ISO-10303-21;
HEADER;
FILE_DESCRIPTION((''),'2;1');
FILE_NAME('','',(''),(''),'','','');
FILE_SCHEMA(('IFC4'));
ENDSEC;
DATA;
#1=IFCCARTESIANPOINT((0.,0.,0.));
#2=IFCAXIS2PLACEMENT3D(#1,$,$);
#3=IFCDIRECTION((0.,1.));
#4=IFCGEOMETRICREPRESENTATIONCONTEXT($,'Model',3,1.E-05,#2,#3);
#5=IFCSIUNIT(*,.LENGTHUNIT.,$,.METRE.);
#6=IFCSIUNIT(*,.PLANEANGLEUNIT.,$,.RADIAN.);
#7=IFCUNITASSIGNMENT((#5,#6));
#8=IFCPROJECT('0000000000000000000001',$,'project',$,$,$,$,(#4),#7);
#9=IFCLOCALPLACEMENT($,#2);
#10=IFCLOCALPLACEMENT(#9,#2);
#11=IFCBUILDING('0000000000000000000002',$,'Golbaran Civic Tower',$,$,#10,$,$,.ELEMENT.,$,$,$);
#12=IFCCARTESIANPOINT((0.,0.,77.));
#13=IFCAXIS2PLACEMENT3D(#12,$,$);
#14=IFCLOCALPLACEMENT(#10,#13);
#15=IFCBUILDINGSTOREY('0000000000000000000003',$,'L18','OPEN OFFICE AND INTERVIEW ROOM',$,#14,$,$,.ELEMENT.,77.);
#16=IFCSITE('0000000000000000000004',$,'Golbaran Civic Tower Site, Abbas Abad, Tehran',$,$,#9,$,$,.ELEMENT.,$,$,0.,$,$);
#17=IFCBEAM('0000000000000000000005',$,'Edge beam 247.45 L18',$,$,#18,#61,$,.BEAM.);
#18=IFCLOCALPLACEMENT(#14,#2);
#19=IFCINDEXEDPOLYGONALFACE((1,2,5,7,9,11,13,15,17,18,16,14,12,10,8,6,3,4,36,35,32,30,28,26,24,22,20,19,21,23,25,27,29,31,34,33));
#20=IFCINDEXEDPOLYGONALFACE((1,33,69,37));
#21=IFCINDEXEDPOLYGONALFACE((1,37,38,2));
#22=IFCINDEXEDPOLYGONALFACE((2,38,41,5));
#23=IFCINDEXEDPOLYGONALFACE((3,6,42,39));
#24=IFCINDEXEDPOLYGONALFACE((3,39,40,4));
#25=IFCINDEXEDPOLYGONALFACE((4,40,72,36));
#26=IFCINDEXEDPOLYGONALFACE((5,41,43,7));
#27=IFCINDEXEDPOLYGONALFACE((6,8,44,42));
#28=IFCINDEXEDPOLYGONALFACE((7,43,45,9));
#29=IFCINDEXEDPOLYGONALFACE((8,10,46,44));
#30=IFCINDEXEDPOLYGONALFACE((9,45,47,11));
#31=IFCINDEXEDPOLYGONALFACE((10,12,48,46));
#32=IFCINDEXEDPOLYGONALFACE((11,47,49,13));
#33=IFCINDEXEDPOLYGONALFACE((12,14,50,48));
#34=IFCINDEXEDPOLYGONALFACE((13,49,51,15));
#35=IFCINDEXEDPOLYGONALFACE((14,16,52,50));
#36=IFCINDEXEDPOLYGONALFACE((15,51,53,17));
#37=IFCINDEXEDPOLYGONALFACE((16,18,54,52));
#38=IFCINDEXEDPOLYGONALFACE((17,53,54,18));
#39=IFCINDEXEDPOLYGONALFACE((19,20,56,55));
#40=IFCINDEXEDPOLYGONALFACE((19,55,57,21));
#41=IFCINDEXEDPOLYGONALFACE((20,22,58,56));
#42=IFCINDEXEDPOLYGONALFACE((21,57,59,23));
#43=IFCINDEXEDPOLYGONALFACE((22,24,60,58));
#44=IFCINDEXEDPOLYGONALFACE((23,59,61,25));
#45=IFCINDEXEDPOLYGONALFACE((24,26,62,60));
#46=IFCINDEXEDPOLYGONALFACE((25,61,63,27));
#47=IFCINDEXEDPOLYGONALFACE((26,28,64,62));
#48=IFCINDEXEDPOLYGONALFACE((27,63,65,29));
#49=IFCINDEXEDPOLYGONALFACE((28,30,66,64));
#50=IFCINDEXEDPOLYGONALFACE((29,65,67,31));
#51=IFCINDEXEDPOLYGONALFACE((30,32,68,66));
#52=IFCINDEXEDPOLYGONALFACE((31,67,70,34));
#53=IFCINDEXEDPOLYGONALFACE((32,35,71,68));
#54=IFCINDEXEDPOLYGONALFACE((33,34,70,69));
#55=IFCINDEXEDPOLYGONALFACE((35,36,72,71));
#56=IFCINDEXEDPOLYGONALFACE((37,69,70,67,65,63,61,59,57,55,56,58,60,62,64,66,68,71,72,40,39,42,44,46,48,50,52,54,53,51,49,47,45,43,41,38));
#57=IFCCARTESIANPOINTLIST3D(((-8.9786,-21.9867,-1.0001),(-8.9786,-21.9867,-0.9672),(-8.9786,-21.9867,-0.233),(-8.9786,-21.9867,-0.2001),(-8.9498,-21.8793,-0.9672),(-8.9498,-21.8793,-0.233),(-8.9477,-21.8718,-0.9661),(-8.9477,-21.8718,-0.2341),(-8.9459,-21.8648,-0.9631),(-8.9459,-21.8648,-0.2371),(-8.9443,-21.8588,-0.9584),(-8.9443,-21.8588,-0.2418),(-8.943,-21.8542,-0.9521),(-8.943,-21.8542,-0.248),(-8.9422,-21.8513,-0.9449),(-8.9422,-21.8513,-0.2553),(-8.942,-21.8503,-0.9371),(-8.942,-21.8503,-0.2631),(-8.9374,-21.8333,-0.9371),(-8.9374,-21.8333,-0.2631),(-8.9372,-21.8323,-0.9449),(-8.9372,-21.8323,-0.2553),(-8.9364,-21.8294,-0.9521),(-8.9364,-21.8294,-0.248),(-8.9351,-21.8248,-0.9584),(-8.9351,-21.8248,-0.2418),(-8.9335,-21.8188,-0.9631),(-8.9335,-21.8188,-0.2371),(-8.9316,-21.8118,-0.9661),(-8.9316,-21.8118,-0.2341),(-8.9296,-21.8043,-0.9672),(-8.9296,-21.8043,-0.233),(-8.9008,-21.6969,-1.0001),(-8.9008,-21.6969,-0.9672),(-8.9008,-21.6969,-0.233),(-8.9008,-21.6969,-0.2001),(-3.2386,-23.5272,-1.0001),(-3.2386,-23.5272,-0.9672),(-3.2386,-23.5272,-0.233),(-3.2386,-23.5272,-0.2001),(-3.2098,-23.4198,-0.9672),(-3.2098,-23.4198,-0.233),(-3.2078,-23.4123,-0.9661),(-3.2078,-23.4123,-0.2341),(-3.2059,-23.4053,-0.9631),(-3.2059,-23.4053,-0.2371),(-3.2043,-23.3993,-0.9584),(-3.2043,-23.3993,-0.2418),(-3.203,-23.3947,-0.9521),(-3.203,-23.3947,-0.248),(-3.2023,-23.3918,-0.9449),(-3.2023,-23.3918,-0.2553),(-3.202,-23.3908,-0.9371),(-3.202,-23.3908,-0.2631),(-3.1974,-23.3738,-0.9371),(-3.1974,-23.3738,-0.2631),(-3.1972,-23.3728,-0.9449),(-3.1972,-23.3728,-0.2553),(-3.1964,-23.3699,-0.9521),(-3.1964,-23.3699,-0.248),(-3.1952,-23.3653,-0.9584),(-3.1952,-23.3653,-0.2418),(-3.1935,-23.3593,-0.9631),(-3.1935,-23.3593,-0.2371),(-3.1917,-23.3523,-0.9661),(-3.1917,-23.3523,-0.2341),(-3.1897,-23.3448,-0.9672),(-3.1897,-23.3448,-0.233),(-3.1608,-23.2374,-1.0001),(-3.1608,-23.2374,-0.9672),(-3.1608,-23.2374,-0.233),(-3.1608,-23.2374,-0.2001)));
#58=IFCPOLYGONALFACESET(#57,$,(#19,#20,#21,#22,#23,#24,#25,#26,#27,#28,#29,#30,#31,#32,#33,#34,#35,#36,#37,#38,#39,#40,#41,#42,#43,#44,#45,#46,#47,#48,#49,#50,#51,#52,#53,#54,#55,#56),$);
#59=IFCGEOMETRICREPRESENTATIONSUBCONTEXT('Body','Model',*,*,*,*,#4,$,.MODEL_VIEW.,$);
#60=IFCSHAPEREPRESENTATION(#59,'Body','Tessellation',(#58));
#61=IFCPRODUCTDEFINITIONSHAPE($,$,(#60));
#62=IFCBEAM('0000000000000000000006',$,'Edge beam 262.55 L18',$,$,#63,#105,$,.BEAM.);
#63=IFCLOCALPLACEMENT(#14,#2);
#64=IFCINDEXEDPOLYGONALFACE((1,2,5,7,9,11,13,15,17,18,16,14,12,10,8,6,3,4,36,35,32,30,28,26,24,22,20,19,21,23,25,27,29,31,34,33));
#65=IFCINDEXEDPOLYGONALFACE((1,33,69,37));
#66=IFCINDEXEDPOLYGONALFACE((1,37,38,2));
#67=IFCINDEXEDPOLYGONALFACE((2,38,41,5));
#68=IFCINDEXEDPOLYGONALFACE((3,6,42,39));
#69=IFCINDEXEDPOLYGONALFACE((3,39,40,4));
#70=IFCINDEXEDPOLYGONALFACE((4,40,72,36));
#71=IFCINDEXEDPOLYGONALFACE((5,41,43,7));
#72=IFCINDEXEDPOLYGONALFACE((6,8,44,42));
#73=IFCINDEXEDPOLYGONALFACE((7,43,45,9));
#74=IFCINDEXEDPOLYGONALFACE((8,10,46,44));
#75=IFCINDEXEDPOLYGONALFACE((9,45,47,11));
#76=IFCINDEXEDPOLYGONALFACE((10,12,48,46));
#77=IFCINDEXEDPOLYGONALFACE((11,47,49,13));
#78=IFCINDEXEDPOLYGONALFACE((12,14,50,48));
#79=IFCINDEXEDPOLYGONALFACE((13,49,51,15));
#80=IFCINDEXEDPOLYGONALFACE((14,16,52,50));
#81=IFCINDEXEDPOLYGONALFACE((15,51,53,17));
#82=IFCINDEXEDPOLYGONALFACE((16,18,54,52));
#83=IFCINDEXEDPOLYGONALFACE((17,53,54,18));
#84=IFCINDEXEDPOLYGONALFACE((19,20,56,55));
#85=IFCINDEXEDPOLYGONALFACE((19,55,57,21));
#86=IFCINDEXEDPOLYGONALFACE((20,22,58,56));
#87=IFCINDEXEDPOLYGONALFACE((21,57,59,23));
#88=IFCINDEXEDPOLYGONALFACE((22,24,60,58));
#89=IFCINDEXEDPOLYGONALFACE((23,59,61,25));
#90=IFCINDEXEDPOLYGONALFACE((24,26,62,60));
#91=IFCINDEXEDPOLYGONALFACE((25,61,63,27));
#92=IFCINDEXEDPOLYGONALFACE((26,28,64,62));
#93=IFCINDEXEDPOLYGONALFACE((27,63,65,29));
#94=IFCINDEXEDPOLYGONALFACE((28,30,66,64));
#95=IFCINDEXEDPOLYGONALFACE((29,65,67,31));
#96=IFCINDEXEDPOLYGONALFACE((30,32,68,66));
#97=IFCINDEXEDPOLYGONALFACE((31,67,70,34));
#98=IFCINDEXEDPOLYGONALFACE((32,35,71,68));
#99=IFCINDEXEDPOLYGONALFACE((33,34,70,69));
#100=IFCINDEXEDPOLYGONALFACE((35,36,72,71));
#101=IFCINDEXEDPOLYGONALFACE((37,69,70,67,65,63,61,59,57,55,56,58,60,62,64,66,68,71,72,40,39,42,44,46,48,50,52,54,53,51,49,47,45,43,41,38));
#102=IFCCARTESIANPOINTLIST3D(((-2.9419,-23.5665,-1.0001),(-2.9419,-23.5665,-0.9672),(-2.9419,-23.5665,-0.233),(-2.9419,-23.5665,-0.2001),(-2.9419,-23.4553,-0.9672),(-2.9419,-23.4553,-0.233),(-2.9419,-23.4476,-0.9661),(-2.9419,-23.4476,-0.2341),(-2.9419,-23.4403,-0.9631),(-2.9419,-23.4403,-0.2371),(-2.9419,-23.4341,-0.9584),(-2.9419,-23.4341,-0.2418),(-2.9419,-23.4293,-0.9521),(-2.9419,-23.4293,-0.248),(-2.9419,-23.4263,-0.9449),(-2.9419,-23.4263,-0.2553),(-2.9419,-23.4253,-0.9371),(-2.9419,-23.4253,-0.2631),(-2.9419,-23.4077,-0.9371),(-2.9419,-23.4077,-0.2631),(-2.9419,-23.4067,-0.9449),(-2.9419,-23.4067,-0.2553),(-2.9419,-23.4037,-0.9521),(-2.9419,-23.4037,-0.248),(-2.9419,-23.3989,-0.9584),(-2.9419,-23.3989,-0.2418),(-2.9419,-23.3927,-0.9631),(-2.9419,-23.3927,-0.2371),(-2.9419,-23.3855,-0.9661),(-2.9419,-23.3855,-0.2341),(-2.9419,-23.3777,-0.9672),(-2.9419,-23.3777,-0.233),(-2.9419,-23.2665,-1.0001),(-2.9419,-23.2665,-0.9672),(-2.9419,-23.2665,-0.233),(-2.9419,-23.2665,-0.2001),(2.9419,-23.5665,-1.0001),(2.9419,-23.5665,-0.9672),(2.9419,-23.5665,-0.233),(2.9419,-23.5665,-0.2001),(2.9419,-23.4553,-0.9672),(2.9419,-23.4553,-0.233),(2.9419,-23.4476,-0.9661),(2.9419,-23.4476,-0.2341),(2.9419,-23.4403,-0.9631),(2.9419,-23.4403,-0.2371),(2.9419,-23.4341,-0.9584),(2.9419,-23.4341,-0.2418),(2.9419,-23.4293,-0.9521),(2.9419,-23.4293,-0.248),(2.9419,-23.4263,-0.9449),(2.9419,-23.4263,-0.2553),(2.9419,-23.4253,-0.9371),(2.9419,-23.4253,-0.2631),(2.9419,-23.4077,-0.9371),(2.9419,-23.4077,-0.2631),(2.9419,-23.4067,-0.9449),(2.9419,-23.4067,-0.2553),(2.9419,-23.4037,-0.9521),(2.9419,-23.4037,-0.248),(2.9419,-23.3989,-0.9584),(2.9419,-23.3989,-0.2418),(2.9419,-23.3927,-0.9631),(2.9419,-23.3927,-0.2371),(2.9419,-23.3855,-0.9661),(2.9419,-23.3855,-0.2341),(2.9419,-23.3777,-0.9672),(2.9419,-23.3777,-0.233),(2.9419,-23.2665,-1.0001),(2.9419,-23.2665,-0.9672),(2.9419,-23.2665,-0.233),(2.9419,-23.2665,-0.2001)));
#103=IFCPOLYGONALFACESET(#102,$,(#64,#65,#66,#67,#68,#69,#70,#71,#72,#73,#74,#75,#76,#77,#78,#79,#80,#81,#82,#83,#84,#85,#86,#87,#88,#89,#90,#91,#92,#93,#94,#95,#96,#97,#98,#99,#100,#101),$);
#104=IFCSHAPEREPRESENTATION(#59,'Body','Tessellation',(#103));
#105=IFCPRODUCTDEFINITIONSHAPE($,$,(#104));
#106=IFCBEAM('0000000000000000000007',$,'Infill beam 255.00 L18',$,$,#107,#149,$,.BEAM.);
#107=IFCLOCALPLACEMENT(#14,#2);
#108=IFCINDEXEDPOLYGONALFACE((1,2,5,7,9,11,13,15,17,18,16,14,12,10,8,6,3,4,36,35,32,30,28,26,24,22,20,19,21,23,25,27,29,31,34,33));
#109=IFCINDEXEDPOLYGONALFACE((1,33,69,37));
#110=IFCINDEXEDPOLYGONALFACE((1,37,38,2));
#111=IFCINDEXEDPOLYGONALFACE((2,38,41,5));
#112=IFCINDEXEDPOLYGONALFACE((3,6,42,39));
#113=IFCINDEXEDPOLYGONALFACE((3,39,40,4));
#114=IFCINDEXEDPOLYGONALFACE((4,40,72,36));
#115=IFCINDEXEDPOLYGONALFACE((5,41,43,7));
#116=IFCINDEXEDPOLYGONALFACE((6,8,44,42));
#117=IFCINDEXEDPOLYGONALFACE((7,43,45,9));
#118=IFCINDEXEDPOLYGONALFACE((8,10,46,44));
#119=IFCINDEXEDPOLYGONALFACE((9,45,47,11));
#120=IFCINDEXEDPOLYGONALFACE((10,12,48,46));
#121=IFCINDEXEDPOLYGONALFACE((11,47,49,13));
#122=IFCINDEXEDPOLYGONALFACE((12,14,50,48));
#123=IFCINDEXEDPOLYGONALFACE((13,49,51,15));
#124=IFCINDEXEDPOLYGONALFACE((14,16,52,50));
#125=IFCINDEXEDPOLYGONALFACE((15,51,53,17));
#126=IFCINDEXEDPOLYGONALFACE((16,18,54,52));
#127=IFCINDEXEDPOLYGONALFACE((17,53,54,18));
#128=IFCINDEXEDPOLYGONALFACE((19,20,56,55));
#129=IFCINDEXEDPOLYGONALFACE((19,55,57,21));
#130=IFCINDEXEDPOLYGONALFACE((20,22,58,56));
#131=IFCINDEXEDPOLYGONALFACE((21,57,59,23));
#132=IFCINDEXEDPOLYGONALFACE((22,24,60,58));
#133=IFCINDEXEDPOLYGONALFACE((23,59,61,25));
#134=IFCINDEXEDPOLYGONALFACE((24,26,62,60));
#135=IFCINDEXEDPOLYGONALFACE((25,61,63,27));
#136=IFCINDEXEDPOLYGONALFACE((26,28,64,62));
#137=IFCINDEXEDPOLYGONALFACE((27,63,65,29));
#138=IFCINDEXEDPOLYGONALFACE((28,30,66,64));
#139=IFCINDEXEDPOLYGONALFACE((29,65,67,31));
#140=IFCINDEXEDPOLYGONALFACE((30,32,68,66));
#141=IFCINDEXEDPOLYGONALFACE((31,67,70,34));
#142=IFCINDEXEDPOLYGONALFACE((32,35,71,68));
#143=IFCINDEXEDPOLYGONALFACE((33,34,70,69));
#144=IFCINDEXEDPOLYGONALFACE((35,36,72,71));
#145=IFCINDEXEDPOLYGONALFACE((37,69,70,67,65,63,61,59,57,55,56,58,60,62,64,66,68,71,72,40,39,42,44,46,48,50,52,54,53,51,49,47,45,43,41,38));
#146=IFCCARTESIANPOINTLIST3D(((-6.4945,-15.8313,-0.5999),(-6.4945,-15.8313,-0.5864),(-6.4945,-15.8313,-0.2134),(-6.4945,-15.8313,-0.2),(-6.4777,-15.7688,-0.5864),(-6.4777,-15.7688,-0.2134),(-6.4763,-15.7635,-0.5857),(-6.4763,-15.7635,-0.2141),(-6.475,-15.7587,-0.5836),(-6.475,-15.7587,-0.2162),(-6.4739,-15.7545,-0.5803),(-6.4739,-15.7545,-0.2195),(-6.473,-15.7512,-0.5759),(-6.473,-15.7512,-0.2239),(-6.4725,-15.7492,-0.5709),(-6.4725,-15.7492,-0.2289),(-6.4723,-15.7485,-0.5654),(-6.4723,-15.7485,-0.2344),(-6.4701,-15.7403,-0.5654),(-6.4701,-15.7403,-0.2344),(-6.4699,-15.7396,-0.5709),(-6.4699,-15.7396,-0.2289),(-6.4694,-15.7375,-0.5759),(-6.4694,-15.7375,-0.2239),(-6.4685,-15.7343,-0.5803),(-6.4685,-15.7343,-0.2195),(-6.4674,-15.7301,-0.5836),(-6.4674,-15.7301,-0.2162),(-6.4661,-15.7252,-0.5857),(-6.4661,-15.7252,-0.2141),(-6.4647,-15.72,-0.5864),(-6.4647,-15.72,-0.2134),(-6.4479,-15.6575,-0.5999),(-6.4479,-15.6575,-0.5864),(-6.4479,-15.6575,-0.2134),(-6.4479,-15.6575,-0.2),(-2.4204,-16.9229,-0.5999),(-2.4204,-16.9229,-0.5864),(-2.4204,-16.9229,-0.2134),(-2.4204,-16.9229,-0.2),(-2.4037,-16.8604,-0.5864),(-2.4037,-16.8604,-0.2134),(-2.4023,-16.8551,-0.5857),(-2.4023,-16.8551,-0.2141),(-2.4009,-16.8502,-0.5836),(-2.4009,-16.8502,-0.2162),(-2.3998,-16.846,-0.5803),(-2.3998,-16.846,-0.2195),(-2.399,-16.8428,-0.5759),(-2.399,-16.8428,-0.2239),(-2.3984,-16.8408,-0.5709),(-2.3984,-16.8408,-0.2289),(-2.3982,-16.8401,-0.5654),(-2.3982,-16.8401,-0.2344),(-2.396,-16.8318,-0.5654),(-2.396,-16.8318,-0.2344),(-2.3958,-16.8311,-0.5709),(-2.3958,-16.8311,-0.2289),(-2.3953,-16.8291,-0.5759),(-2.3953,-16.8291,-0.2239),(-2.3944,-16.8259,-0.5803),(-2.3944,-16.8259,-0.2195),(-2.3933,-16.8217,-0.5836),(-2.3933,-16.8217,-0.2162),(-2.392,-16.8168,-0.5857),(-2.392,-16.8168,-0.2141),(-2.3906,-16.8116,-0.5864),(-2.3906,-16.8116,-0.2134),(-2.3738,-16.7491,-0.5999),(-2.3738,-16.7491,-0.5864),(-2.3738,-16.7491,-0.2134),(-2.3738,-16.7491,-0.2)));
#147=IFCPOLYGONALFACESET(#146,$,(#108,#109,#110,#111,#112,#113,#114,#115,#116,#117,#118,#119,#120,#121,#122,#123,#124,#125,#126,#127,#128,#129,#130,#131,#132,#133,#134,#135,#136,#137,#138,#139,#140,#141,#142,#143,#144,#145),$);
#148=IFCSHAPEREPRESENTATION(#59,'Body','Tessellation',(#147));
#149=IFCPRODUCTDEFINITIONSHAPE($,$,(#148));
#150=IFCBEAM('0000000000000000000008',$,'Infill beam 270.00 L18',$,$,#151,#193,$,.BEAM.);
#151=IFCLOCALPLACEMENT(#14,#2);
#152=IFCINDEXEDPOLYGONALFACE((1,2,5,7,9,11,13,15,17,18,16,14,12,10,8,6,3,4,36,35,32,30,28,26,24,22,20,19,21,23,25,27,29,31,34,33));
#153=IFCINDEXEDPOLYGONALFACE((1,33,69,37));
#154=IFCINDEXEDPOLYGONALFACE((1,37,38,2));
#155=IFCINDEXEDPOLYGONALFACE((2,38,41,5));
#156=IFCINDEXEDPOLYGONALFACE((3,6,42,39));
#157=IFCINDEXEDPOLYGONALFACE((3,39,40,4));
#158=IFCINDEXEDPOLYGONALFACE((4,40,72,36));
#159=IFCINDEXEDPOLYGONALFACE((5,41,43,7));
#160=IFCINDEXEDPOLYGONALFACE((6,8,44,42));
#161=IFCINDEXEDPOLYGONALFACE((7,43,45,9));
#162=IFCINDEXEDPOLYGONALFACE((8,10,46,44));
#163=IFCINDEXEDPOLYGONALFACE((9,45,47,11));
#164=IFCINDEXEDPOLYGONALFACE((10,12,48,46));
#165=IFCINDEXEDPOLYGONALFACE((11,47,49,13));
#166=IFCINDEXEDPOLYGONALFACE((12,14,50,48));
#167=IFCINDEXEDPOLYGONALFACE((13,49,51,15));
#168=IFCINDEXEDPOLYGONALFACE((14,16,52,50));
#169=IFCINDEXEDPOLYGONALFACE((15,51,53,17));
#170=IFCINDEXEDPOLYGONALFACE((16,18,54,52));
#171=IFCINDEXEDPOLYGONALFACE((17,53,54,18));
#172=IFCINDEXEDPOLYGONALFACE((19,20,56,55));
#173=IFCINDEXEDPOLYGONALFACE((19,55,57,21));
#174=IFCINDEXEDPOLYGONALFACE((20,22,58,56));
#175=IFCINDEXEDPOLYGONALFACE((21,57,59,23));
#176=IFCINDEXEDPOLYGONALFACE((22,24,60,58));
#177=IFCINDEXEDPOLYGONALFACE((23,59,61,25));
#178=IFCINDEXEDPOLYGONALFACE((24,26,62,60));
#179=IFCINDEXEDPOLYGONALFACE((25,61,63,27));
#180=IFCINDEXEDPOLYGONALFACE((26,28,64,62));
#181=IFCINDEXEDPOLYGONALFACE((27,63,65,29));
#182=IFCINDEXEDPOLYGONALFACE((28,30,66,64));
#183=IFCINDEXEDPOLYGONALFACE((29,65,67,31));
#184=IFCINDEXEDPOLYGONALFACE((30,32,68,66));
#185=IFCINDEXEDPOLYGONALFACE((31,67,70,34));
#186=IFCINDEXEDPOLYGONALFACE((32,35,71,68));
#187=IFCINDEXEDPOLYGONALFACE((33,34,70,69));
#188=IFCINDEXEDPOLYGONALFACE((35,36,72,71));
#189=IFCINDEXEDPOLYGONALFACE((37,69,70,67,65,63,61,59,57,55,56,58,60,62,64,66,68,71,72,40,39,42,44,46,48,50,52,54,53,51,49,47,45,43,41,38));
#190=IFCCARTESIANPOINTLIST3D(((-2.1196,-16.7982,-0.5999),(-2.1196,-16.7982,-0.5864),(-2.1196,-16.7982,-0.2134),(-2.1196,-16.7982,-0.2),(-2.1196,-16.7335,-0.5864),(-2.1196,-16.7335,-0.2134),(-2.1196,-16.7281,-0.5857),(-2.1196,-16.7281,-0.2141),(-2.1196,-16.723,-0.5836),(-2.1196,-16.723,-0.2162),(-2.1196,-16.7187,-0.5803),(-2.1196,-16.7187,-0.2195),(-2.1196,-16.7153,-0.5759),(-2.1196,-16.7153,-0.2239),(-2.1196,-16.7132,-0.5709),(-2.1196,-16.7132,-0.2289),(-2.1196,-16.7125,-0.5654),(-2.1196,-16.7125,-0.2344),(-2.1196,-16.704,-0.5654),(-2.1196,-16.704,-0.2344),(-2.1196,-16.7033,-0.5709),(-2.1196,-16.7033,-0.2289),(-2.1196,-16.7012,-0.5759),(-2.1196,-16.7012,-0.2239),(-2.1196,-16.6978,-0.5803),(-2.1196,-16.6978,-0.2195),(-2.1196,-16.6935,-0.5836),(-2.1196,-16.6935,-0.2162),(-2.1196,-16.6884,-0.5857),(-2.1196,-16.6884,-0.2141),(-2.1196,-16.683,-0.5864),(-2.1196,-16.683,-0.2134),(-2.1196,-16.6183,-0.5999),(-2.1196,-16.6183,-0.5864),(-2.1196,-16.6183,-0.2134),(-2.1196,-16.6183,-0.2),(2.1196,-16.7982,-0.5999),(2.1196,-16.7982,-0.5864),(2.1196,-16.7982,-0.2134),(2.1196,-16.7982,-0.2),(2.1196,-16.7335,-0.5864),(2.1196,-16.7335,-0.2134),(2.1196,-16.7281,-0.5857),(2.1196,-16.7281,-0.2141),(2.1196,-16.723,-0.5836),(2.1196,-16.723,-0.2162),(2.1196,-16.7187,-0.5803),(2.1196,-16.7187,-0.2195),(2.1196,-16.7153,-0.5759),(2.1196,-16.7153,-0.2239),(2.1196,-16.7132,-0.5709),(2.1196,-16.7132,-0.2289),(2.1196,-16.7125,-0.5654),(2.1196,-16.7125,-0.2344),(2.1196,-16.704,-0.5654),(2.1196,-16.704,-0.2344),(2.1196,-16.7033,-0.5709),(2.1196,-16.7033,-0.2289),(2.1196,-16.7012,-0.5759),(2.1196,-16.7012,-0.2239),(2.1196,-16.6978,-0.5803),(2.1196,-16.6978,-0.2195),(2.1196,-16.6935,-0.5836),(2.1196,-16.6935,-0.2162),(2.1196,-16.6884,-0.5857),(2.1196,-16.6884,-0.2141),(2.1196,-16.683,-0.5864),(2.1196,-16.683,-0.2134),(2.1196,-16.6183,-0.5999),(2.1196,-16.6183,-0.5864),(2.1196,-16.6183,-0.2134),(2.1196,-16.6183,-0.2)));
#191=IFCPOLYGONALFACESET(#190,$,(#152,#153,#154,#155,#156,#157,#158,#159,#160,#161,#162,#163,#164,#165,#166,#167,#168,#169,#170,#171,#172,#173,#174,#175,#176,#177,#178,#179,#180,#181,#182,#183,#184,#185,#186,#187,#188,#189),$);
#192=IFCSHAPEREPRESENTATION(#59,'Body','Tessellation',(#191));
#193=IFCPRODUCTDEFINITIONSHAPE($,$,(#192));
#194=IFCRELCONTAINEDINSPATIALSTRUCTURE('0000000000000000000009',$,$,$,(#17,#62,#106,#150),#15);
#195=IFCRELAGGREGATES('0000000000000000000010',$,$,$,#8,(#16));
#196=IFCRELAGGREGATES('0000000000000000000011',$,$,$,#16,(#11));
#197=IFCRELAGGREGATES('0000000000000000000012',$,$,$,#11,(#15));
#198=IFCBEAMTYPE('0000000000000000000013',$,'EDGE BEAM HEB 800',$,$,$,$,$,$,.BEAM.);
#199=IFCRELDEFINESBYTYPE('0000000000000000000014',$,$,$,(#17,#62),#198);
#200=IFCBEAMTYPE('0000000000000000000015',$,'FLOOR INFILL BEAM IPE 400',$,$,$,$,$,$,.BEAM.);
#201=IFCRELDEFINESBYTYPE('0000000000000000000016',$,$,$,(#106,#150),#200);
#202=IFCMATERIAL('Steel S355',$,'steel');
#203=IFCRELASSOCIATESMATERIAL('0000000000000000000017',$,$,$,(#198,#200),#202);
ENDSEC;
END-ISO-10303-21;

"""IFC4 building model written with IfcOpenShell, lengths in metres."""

from ifc_helpers import new_model, si_unit, direction, frame, origin, origin_2d, place, context, subcontext, project, spatial, i_section, extrude, material, material_profile, profile_set, type_object, element, save


model = new_model("IFC4")

# Units and contexts
model_context = context("Model", 3, precision=1e-05, world=origin(), true_north=direction((0.0, 1.0)))
body_context = subcontext(model_context, "Body", "Model", "MODEL_VIEW")
ifc_project = project(units=[si_unit("LENGTHUNIT", "METRE"), si_unit("PLANEANGLEUNIT", "RADIAN")], contexts=[model_context])

# Site, building, storey
site_placement = place(None, origin())
site = spatial("IfcSite", under=ifc_project, at=site_placement, Name="Golbaran Civic Tower Site, Abbas Abad, Tehran", CompositionType="ELEMENT", RefElevation=0.0)
building_placement = place(site_placement, origin())
building = spatial("IfcBuilding", under=site, at=building_placement, Name="Golbaran Civic Tower", CompositionType="ELEMENT")
storey_placement = place(building_placement, frame((0.0, 0.0, 77.0)))
storey = spatial("IfcBuildingStorey", under=building, at=storey_placement, Name="L18", Description="OPEN OFFICE AND INTERVIEW ROOM", CompositionType="ELEMENT", Elevation=77.0)

# Beams
ifc_material_1 = material(Name="Steel S355", Category="steel")
ifc_material_profile_1 = material_profile(ifc_material_1, i_section(OverallWidth=0.3, OverallDepth=0.8, WebThickness=0.0176, FlangeThickness=0.033, FilletRadius=0.03, at=origin_2d()), Name="HEB 800")
ifc_profile_set_1 = profile_set([ifc_material_profile_1], Name="Steel S355")
beam_type_1 = type_object("IfcBeamType", Name="EDGE BEAM HEB 800", PredefinedType="BEAM", material=ifc_profile_set_1)
beam_1_placement = place(storey_placement, frame((-8.9397, -21.8418, -0.6001), z_axis=(0.965821, -0.259212, 0.0), x_axis=(0.259212, 0.965821, 0.0)))
element("IfcBeam", 1, at=beam_1_placement, inside=storey, type_object=beam_type_1, Name="Edge beam 247.45 L18", PredefinedType="BEAM", context=body_context, shape_type="SweptSolid", body=[
    extrude(i_section(OverallWidth=0.3, OverallDepth=0.8, WebThickness=0.0176, FlangeThickness=0.033, FilletRadius=0.03, at=origin_2d()), origin(), (0.0, 0.0, 1.0), 5.9431),
])
beam_2_placement = place(storey_placement, frame((-2.9419, -23.4165, -0.6001), z_axis=(1.0, 0.0, 0.0), x_axis=(0.0, 1.0, 0.0)))
element("IfcBeam", 2, at=beam_2_placement, inside=storey, type_object=beam_type_1, Name="Edge beam 262.55 L18", PredefinedType="BEAM", context=body_context, shape_type="SweptSolid", body=[
    extrude(i_section(OverallWidth=0.3, OverallDepth=0.8, WebThickness=0.0176, FlangeThickness=0.033, FilletRadius=0.03, at=origin_2d()), origin(), (0.0, 0.0, 1.0), 5.8838),
])
ifc_material_profile_2 = material_profile(ifc_material_1, i_section(OverallWidth=0.1799, OverallDepth=0.3999, WebThickness=0.0085, FlangeThickness=0.0134, FilletRadius=0.021, at=origin_2d()), Name="IPE 400")
ifc_profile_set_2 = profile_set([ifc_material_profile_2], Name="Steel S355")
beam_type_2 = type_object("IfcBeamType", Name="FLOOR INFILL BEAM IPE 400", PredefinedType="BEAM", material=ifc_profile_set_2)
beam_3_placement = place(storey_placement, frame((-6.4712, -15.7444, -0.3999), z_axis=(0.96593, -0.258805, 0.0), x_axis=(0.258805, 0.96593, 0.0)))
element("IfcBeam", 3, at=beam_3_placement, inside=storey, type_object=beam_type_2, Name="Infill beam 255.00 L18", PredefinedType="BEAM", context=body_context, shape_type="SweptSolid", body=[
    extrude(i_section(OverallWidth=0.1799, OverallDepth=0.3999, WebThickness=0.0085, FlangeThickness=0.0134, FilletRadius=0.021, at=origin_2d()), origin(), (0.0, 0.0, 1.0), 4.2178),
])
beam_4_placement = place(storey_placement, frame((-2.1196, -16.7083, -0.3999), z_axis=(1.0, 0.0, 0.0), x_axis=(0.0, 1.0, 0.0)))
element("IfcBeam", 4, at=beam_4_placement, inside=storey, type_object=beam_type_2, Name="Infill beam 270.00 L18", PredefinedType="BEAM", context=body_context, shape_type="SweptSolid", body=[
    extrude(i_section(OverallWidth=0.1799, OverallDepth=0.3999, WebThickness=0.0085, FlangeThickness=0.0134, FilletRadius=0.021, at=origin_2d()), origin(), (0.0, 0.0, 1.0), 4.2393),
])

save(model, "model.ifc")
